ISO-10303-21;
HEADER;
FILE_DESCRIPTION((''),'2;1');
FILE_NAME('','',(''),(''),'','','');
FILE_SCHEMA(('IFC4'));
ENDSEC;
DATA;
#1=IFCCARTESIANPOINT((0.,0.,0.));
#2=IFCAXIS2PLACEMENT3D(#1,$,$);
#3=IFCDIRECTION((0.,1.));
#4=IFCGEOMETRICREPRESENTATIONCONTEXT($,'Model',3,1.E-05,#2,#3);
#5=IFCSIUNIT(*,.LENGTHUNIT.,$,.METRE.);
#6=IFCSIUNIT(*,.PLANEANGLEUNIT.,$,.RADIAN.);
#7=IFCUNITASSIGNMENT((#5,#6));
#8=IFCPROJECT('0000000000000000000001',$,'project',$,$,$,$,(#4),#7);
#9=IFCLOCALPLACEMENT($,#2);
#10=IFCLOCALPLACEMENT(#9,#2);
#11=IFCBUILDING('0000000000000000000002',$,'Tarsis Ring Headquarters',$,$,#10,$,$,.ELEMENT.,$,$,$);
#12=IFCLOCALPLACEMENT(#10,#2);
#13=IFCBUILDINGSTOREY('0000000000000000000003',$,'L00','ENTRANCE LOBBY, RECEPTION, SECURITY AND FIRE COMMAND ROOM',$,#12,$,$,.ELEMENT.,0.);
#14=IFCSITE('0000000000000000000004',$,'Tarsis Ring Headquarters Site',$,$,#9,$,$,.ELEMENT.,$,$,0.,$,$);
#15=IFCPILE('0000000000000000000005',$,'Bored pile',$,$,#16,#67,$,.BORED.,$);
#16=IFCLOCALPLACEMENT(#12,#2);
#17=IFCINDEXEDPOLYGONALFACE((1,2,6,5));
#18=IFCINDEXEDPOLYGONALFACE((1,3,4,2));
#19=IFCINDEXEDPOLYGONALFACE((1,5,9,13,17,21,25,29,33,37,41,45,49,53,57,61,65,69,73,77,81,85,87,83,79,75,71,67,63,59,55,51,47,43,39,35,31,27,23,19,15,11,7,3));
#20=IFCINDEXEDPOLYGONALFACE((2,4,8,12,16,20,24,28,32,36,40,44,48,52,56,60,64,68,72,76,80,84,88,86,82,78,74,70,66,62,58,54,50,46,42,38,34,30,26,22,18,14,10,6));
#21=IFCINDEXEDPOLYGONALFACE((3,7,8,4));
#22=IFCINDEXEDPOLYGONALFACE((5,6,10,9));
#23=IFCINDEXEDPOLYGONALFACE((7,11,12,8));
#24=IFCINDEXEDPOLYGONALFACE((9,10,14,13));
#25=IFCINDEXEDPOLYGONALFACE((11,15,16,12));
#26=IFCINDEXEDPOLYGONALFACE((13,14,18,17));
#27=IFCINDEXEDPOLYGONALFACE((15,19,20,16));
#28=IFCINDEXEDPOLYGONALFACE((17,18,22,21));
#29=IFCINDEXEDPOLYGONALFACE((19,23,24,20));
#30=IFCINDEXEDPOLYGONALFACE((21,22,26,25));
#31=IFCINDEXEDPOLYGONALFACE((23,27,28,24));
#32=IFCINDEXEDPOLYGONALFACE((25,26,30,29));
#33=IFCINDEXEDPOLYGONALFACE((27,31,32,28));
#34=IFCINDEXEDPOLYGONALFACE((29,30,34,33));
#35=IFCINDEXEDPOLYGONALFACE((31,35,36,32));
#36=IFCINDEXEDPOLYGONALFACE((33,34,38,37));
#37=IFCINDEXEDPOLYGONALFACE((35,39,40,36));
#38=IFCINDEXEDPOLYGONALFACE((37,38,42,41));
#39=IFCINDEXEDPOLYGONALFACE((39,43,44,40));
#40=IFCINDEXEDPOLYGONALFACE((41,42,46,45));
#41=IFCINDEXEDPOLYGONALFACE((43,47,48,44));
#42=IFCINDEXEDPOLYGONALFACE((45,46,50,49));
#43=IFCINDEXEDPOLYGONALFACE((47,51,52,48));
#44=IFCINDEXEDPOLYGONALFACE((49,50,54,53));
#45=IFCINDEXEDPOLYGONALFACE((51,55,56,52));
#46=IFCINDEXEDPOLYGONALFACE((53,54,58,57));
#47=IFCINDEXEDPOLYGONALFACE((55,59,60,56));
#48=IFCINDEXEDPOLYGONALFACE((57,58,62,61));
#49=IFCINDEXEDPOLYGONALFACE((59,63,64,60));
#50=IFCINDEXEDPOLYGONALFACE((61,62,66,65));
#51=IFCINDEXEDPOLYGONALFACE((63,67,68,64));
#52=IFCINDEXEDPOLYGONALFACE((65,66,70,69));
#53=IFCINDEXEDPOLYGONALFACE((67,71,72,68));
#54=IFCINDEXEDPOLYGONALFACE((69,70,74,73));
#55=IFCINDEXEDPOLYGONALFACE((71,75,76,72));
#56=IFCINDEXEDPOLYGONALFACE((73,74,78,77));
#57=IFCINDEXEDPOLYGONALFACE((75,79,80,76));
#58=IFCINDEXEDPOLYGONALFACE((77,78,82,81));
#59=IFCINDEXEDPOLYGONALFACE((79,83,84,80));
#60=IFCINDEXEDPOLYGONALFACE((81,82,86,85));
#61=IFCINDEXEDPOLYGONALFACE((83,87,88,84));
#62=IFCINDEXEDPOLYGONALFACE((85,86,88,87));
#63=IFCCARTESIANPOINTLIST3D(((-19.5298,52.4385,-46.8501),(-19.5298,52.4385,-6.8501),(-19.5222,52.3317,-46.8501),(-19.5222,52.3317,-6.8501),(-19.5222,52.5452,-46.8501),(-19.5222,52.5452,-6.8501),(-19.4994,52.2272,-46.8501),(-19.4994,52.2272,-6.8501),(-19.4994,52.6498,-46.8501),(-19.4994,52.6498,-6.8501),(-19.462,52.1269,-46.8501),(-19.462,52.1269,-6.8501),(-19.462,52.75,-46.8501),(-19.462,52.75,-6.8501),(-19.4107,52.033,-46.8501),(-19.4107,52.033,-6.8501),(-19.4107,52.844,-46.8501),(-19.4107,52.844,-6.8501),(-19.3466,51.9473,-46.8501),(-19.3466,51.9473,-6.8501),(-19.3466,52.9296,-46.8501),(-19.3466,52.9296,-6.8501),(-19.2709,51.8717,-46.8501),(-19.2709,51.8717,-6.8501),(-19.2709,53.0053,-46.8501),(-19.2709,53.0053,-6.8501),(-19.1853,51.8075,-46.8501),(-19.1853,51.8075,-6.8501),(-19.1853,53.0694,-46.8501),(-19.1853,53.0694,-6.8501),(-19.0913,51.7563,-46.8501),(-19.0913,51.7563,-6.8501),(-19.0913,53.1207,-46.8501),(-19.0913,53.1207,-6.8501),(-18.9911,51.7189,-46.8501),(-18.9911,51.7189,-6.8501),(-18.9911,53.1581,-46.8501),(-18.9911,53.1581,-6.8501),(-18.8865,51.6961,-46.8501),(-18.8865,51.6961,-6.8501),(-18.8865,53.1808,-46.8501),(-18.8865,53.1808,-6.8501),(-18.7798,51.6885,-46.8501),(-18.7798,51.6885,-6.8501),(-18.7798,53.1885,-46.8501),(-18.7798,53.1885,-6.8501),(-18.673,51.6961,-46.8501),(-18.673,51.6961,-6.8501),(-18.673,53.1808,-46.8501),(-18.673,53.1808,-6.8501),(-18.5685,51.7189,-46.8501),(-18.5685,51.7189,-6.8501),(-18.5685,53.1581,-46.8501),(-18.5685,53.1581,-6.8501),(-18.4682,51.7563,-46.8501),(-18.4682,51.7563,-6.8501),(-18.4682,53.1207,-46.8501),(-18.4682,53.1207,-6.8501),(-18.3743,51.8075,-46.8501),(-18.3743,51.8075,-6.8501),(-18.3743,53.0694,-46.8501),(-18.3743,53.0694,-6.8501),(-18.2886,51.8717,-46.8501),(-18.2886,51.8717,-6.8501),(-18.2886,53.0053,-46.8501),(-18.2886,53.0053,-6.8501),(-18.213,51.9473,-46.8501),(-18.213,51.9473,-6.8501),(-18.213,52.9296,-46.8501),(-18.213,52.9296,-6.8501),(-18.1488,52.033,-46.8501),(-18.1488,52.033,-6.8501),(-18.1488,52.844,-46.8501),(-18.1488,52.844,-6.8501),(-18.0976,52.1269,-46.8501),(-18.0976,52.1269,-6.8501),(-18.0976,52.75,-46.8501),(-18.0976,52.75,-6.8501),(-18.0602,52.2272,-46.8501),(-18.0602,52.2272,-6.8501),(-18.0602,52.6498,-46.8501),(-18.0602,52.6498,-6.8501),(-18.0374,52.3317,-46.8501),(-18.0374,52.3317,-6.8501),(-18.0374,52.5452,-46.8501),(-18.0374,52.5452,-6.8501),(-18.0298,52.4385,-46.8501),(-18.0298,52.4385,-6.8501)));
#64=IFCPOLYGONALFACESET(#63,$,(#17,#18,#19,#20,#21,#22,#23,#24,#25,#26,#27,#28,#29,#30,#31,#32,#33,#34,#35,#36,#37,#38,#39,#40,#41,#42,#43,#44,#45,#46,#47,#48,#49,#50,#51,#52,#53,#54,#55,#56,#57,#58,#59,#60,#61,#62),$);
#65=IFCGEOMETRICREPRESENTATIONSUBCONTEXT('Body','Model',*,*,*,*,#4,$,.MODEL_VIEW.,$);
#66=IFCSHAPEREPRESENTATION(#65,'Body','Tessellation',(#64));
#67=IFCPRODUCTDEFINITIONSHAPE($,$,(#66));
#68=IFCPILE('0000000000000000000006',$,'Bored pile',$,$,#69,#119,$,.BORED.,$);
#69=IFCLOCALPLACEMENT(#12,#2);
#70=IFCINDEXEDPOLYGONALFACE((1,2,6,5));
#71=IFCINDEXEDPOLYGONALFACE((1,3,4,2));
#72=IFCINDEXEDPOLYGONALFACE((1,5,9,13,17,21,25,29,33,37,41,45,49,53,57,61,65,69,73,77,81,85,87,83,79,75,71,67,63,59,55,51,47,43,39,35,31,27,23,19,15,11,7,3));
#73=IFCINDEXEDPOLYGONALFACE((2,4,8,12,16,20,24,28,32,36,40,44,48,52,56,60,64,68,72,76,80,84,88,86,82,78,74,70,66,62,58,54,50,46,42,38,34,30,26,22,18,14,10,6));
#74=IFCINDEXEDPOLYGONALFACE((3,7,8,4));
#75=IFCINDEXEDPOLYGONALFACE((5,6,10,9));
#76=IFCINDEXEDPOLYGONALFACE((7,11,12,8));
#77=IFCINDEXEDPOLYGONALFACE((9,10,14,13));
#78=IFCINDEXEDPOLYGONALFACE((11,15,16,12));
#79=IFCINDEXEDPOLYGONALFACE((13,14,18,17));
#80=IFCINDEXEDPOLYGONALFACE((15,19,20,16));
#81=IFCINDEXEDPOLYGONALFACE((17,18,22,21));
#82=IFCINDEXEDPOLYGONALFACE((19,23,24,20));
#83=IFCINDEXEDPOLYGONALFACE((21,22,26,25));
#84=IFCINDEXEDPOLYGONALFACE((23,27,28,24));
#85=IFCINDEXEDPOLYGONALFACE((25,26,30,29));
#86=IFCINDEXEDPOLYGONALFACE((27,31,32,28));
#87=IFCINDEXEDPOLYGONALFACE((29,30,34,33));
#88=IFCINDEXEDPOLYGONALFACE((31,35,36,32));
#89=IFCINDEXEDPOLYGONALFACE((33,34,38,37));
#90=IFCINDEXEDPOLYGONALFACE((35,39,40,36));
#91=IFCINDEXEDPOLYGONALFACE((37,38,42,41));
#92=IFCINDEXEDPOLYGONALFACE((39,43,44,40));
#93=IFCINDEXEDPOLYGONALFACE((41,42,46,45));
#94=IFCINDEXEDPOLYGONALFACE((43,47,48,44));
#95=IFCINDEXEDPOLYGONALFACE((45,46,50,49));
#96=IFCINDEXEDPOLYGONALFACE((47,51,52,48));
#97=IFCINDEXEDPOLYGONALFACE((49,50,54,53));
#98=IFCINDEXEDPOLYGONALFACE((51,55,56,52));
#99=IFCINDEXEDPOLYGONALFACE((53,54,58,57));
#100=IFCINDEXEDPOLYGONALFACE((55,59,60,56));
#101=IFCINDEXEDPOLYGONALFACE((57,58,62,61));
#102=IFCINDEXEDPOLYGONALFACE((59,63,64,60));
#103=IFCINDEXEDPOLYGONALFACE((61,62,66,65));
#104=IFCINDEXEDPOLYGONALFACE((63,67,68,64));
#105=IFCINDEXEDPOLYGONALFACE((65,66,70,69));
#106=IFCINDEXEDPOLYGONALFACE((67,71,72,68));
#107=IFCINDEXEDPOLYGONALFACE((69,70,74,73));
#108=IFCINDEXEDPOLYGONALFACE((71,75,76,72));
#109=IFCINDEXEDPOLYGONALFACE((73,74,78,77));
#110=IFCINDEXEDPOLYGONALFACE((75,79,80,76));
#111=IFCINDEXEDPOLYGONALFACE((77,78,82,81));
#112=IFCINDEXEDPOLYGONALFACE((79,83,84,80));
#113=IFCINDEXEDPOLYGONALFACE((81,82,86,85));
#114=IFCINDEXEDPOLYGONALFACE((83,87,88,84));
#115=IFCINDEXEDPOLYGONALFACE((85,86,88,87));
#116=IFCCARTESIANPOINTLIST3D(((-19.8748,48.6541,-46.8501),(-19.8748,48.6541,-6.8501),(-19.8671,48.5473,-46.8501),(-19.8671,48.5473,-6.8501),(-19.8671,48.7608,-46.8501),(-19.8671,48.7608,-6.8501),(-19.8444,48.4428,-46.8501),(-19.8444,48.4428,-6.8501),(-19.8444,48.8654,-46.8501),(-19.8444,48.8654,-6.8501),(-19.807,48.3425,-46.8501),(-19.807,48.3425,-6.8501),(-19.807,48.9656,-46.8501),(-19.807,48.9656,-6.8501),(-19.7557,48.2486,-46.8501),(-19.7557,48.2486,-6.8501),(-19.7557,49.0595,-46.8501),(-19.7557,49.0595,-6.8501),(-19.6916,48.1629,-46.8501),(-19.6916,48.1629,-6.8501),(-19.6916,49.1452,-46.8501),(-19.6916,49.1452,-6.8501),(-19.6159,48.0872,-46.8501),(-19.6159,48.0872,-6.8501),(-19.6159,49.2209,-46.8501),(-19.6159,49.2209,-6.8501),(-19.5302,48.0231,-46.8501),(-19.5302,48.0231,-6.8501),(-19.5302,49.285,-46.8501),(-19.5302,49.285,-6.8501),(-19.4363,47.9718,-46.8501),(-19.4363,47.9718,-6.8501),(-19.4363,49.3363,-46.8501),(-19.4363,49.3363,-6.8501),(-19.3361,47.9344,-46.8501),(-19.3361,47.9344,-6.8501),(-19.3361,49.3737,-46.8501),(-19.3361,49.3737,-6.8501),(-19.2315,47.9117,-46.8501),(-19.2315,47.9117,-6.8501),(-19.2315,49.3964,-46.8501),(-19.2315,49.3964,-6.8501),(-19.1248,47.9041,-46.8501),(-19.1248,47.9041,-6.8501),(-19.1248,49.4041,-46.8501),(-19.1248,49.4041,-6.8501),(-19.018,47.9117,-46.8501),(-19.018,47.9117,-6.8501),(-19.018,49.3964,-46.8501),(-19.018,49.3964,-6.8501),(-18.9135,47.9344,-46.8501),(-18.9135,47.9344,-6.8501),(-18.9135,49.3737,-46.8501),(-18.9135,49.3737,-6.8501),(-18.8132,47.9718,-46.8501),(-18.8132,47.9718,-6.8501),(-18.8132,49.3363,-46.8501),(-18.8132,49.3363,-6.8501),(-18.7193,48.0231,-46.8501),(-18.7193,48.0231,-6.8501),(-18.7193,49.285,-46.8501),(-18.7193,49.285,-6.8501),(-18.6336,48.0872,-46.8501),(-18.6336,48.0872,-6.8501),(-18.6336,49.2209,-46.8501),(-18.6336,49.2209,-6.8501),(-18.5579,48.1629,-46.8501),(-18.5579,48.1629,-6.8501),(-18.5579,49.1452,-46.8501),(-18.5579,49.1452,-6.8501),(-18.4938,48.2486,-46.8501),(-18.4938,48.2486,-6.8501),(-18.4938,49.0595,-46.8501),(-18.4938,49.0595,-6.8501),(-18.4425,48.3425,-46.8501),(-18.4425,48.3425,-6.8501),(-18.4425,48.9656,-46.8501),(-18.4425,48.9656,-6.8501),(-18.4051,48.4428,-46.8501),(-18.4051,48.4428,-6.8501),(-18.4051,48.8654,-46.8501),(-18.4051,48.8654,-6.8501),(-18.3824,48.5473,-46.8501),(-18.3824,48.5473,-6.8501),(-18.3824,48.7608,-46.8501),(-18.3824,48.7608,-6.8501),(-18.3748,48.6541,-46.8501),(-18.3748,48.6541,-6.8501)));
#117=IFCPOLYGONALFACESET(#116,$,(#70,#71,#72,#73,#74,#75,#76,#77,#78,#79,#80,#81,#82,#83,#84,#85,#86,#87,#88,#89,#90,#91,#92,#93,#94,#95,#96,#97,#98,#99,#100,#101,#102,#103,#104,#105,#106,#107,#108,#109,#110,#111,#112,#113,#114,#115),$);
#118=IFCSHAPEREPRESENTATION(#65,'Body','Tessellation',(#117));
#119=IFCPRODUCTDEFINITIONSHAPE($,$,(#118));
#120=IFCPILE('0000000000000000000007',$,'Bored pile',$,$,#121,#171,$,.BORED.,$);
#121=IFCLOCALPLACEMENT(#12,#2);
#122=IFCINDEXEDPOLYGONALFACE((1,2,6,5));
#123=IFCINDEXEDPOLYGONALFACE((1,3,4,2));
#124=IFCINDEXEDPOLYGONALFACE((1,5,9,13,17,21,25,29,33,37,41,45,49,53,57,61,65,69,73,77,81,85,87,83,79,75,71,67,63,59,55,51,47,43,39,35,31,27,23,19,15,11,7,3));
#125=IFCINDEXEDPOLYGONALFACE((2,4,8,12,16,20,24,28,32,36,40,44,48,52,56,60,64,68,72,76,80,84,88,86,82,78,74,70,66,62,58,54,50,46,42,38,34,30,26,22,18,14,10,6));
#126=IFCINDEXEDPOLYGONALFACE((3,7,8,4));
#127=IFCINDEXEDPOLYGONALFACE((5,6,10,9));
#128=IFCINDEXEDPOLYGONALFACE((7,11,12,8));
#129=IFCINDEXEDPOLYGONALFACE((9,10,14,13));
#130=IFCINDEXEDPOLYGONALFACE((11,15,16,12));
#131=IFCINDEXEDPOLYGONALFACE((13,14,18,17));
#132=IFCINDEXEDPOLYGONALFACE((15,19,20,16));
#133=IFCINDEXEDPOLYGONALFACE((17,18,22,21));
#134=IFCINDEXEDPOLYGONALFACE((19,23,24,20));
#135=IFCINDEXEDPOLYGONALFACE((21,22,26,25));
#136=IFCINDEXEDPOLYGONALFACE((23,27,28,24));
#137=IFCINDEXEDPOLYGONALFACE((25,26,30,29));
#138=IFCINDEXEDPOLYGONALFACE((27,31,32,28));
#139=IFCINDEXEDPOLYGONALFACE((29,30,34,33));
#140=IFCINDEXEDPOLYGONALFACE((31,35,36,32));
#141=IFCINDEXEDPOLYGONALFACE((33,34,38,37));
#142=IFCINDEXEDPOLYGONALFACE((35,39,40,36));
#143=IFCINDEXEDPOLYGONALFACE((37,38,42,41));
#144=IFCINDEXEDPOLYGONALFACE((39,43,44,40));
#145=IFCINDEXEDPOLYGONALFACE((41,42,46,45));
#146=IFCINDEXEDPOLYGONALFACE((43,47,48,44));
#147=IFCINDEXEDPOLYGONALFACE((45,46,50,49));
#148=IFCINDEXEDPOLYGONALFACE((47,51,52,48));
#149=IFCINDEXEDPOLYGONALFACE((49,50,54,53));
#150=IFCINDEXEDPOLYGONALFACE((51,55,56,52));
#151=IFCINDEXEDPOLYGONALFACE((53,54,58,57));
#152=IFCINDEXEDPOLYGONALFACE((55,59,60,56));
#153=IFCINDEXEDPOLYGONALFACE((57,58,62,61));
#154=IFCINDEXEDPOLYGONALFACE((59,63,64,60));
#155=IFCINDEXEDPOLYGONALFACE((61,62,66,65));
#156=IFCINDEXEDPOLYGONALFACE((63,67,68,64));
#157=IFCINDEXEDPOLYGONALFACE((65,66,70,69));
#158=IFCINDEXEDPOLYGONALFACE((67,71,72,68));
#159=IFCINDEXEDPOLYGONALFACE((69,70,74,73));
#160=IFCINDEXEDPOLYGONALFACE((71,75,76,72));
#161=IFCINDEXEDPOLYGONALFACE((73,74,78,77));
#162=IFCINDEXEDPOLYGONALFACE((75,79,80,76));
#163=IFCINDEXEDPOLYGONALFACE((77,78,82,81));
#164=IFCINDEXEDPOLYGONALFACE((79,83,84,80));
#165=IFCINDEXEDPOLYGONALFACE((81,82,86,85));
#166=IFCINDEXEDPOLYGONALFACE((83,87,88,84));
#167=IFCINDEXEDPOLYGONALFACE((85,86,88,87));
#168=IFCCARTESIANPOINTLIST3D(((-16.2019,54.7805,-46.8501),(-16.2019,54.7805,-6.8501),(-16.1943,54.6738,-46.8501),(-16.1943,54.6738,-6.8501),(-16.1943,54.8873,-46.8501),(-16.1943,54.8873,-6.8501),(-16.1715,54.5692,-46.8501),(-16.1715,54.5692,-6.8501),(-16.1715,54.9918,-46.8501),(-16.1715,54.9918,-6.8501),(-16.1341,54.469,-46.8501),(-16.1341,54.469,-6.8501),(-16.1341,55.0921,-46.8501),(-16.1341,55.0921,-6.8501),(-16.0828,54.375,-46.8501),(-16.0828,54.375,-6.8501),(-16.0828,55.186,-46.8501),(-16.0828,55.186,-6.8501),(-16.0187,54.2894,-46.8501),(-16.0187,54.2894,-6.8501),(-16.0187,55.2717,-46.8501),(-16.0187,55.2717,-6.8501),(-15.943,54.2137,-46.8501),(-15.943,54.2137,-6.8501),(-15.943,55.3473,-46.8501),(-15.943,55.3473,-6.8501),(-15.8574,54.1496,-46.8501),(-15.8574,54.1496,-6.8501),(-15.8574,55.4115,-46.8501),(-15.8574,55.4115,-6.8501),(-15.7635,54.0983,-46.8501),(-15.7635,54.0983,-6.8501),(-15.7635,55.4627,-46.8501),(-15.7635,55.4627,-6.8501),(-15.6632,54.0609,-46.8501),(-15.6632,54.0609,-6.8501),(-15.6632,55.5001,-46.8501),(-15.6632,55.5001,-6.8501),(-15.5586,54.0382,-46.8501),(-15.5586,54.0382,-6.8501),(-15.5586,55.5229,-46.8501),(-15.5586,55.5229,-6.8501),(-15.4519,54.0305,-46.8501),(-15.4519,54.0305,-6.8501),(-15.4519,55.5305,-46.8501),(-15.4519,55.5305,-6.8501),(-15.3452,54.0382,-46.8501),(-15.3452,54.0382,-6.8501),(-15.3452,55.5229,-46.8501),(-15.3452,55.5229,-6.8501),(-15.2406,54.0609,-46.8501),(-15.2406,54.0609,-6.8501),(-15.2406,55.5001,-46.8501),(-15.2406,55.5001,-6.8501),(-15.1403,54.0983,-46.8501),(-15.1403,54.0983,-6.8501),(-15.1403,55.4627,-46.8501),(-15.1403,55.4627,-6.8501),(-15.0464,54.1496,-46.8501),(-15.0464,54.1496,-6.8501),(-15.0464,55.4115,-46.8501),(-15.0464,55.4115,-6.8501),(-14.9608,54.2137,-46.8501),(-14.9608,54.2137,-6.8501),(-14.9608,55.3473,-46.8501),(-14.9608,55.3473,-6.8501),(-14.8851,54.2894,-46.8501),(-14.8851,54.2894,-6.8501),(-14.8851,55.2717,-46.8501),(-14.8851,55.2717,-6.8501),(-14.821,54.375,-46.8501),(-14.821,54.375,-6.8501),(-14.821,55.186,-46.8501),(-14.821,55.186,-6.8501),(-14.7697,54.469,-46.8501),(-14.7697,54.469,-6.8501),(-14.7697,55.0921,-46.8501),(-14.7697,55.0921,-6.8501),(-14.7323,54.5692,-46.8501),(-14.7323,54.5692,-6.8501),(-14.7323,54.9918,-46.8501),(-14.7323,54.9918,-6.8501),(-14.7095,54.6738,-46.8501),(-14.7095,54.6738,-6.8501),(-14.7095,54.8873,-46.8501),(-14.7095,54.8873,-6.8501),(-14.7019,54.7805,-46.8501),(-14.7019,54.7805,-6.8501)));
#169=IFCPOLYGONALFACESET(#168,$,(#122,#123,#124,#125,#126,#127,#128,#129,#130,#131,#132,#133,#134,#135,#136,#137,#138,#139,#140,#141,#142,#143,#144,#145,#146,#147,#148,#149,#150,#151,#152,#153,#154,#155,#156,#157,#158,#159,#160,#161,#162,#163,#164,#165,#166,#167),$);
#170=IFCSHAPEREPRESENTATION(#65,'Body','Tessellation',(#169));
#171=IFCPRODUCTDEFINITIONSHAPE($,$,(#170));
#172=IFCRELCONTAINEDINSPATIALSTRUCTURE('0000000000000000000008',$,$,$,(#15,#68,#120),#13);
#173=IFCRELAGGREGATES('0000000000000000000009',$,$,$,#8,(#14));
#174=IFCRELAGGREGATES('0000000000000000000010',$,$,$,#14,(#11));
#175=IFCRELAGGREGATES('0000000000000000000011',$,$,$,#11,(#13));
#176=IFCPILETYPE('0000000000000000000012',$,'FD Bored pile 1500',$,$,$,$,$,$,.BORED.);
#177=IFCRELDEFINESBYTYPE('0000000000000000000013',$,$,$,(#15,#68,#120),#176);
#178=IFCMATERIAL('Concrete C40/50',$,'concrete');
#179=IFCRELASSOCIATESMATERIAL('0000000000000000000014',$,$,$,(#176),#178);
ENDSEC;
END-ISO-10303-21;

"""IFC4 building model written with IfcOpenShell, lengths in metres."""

from ifc_helpers import new_model, si_unit, direction, frame, origin, origin_2d, place, context, subcontext, project, spatial, circle, extrude, material, material_profile, profile_set, type_object, element, save


model = new_model("IFC4")

# Units and contexts
model_context = context("Model", 3, precision=1e-05, world=origin(), true_north=direction((0.0, 1.0)))
body_context = subcontext(model_context, "Body", "Model", "MODEL_VIEW")
ifc_project = project(units=[si_unit("LENGTHUNIT", "METRE"), si_unit("PLANEANGLEUNIT", "RADIAN")], contexts=[model_context])

# Site, building, storey
site_placement = place(None, origin())
site = spatial("IfcSite", under=ifc_project, at=site_placement, Name="Tarsis Ring Headquarters Site", CompositionType="ELEMENT", RefElevation=0.0)
building_placement = place(site_placement, origin())
building = spatial("IfcBuilding", under=site, at=building_placement, Name="Tarsis Ring Headquarters", CompositionType="ELEMENT")
storey_placement = place(building_placement, origin())
storey = spatial("IfcBuildingStorey", under=building, at=storey_placement, Name="L00", Description="ENTRANCE LOBBY, RECEPTION, SECURITY AND FIRE COMMAND ROOM", CompositionType="ELEMENT", Elevation=0.0)

# Piles
ifc_material_1 = material(Name="Concrete C40/50", Category="concrete")
ifc_material_profile = material_profile(ifc_material_1, circle(Radius=0.75, at=origin_2d()), Name="BORED 1500")
ifc_profile_set = profile_set([ifc_material_profile], Name="Concrete C40/50")
pile_type = type_object("IfcPileType", Name="FD Bored pile 1500", PredefinedType="BORED", material=ifc_profile_set)
for number, where, z_axis, x_axis, name in (
    (1, (-18.7798, 52.4385, -6.8501), (0.0, 0.0, -1.0), (1.0, 0.0, 0.0), "Bored pile"),
    (2, (-19.1248, 48.6541, -6.8501), (0.0, 0.0, -1.0), (1.0, 0.0, 0.0), "Bored pile"),
    (3, (-15.4519, 54.7805, -6.8501), (0.0, 0.0, -1.0), (1.0, 0.0, 0.0), "Bored pile"),
):
    element("IfcPile", number, at=place(storey_placement, frame(where, z_axis=z_axis, x_axis=x_axis)), inside=storey, type_object=pile_type, Name=name, PredefinedType="BORED", context=body_context, shape_type="SweptSolid", body=[
        extrude(circle(Radius=0.75, at=origin_2d()), origin(), (0.0, 0.0, 1.0), 40.0),
    ])

save(model, "model.ifc")
